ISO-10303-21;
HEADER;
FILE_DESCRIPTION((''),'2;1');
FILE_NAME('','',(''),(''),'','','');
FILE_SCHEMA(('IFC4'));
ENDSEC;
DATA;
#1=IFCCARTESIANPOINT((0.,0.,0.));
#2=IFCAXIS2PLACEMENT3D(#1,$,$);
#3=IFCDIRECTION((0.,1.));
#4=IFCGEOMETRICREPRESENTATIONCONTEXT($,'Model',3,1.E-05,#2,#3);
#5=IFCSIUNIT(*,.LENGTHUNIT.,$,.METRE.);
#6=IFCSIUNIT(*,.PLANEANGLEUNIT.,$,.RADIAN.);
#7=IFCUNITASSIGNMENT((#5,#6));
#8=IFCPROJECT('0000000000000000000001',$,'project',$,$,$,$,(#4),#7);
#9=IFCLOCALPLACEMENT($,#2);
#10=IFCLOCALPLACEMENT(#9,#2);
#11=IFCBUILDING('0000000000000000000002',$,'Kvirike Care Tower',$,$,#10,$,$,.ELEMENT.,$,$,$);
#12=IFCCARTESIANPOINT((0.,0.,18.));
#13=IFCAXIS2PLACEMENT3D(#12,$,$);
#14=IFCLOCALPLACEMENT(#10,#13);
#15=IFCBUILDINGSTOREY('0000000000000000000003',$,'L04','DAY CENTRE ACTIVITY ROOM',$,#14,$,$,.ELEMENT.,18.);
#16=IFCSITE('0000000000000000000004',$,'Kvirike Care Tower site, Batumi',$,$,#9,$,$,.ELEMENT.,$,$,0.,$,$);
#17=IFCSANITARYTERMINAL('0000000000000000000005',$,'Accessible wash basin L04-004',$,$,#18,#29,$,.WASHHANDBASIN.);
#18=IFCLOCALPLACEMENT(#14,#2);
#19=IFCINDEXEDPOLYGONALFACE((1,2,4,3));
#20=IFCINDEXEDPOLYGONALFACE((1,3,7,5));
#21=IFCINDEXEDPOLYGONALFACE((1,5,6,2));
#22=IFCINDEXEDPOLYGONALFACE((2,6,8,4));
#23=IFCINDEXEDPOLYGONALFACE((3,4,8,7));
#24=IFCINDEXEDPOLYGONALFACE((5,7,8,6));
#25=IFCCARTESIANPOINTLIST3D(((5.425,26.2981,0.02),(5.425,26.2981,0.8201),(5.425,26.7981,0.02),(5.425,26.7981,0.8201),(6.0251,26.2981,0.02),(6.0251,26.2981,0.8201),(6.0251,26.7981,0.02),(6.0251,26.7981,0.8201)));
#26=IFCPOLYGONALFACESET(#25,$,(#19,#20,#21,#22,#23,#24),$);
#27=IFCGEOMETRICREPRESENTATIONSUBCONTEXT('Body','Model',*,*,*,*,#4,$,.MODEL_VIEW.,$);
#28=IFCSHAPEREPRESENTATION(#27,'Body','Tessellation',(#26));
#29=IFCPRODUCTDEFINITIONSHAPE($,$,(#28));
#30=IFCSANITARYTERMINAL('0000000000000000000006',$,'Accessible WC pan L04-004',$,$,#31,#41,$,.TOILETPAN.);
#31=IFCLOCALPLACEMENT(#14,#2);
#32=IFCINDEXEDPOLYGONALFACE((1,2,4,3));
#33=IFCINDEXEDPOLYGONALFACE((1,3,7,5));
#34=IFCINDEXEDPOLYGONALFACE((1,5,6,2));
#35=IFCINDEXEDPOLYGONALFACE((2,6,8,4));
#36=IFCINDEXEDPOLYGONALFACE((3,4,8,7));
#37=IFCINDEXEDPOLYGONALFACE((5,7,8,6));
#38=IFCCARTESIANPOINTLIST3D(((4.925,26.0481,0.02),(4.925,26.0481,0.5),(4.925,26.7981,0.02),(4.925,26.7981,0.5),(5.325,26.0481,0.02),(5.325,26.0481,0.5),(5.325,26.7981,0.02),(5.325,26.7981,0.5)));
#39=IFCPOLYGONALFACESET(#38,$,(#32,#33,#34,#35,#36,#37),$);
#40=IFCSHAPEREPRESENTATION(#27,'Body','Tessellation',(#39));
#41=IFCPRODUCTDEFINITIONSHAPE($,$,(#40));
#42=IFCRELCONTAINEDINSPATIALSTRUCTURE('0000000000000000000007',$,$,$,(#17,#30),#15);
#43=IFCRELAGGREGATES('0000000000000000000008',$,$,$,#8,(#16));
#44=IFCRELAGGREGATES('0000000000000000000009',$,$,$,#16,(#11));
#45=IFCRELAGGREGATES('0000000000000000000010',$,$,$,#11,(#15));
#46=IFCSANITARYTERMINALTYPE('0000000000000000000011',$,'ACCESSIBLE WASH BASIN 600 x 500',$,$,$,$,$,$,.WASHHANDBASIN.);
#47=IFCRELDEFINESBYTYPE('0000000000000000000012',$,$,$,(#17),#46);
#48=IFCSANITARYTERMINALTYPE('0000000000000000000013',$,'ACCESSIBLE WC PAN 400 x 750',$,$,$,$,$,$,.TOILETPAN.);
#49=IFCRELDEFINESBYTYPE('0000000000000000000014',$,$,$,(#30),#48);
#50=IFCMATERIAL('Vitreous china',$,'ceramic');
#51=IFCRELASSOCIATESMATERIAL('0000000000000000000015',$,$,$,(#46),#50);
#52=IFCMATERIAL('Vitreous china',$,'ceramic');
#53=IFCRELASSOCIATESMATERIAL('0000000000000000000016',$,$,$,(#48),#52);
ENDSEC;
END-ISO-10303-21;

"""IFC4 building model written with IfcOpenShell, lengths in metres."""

from ifc_helpers import new_model, si_unit, direction, frame, origin, origin_2d, place, context, subcontext, project, spatial, rectangle, extrude, material, type_object, element, save


model = new_model("IFC4")

# Units and contexts
model_context = context("Model", 3, precision=1e-05, world=origin(), true_north=direction((0.0, 1.0)))
body_context = subcontext(model_context, "Body", "Model", "MODEL_VIEW")
ifc_project = project(units=[si_unit("LENGTHUNIT", "METRE"), si_unit("PLANEANGLEUNIT", "RADIAN")], contexts=[model_context])

# Site, building, storey
site_placement = place(None, origin())
site = spatial("IfcSite", under=ifc_project, at=site_placement, Name="Kvirike Care Tower site, Batumi", CompositionType="ELEMENT", RefElevation=0.0)
building_placement = place(site_placement, origin())
building = spatial("IfcBuilding", under=site, at=building_placement, Name="Kvirike Care Tower", CompositionType="ELEMENT")
storey_placement = place(building_placement, frame((0.0, 0.0, 18.0)))
storey = spatial("IfcBuildingStorey", under=building, at=storey_placement, Name="L04", Description="DAY CENTRE ACTIVITY ROOM", CompositionType="ELEMENT", Elevation=18.0)

# Sanitary terminals
ifc_material_1 = material(Name="Vitreous china", Category="ceramic")
sanitary_terminal_type_1 = type_object("IfcSanitaryTerminalType", Name="ACCESSIBLE WASH BASIN 600 x 500", PredefinedType="WASHHANDBASIN", material=ifc_material_1)
sanitary_terminal_1_placement = place(storey_placement, frame((5.7251, 26.5481, 0.02), z_axis=(0.0, 0.0, 1.0), x_axis=(1.0, 0.0, 0.0)))
element("IfcSanitaryTerminal", 1, at=sanitary_terminal_1_placement, inside=storey, type_object=sanitary_terminal_type_1, Name="Accessible wash basin L04-004", PredefinedType="WASHHANDBASIN", context=body_context, shape_type="SweptSolid", body=[
    extrude(rectangle(XDim=0.6001, YDim=0.5, at=origin_2d()), origin(), (0.0, 0.0, 1.0), 0.8),
])
ifc_material_2 = material(Name="Vitreous china", Category="ceramic")
sanitary_terminal_type_2 = type_object("IfcSanitaryTerminalType", Name="ACCESSIBLE WC PAN 400 x 750", PredefinedType="TOILETPAN", material=ifc_material_2)
sanitary_terminal_2_placement = place(storey_placement, frame((5.125, 26.4231, 0.02), z_axis=(0.0, 0.0, 1.0), x_axis=(1.0, 0.0, 0.0)))
element("IfcSanitaryTerminal", 2, at=sanitary_terminal_2_placement, inside=storey, type_object=sanitary_terminal_type_2, Name="Accessible WC pan L04-004", PredefinedType="TOILETPAN", context=body_context, shape_type="SweptSolid", body=[
    extrude(rectangle(XDim=0.3999, YDim=0.75, at=origin_2d()), origin(), (0.0, 0.0, 1.0), 0.48),
])

save(model, "model.ifc")
